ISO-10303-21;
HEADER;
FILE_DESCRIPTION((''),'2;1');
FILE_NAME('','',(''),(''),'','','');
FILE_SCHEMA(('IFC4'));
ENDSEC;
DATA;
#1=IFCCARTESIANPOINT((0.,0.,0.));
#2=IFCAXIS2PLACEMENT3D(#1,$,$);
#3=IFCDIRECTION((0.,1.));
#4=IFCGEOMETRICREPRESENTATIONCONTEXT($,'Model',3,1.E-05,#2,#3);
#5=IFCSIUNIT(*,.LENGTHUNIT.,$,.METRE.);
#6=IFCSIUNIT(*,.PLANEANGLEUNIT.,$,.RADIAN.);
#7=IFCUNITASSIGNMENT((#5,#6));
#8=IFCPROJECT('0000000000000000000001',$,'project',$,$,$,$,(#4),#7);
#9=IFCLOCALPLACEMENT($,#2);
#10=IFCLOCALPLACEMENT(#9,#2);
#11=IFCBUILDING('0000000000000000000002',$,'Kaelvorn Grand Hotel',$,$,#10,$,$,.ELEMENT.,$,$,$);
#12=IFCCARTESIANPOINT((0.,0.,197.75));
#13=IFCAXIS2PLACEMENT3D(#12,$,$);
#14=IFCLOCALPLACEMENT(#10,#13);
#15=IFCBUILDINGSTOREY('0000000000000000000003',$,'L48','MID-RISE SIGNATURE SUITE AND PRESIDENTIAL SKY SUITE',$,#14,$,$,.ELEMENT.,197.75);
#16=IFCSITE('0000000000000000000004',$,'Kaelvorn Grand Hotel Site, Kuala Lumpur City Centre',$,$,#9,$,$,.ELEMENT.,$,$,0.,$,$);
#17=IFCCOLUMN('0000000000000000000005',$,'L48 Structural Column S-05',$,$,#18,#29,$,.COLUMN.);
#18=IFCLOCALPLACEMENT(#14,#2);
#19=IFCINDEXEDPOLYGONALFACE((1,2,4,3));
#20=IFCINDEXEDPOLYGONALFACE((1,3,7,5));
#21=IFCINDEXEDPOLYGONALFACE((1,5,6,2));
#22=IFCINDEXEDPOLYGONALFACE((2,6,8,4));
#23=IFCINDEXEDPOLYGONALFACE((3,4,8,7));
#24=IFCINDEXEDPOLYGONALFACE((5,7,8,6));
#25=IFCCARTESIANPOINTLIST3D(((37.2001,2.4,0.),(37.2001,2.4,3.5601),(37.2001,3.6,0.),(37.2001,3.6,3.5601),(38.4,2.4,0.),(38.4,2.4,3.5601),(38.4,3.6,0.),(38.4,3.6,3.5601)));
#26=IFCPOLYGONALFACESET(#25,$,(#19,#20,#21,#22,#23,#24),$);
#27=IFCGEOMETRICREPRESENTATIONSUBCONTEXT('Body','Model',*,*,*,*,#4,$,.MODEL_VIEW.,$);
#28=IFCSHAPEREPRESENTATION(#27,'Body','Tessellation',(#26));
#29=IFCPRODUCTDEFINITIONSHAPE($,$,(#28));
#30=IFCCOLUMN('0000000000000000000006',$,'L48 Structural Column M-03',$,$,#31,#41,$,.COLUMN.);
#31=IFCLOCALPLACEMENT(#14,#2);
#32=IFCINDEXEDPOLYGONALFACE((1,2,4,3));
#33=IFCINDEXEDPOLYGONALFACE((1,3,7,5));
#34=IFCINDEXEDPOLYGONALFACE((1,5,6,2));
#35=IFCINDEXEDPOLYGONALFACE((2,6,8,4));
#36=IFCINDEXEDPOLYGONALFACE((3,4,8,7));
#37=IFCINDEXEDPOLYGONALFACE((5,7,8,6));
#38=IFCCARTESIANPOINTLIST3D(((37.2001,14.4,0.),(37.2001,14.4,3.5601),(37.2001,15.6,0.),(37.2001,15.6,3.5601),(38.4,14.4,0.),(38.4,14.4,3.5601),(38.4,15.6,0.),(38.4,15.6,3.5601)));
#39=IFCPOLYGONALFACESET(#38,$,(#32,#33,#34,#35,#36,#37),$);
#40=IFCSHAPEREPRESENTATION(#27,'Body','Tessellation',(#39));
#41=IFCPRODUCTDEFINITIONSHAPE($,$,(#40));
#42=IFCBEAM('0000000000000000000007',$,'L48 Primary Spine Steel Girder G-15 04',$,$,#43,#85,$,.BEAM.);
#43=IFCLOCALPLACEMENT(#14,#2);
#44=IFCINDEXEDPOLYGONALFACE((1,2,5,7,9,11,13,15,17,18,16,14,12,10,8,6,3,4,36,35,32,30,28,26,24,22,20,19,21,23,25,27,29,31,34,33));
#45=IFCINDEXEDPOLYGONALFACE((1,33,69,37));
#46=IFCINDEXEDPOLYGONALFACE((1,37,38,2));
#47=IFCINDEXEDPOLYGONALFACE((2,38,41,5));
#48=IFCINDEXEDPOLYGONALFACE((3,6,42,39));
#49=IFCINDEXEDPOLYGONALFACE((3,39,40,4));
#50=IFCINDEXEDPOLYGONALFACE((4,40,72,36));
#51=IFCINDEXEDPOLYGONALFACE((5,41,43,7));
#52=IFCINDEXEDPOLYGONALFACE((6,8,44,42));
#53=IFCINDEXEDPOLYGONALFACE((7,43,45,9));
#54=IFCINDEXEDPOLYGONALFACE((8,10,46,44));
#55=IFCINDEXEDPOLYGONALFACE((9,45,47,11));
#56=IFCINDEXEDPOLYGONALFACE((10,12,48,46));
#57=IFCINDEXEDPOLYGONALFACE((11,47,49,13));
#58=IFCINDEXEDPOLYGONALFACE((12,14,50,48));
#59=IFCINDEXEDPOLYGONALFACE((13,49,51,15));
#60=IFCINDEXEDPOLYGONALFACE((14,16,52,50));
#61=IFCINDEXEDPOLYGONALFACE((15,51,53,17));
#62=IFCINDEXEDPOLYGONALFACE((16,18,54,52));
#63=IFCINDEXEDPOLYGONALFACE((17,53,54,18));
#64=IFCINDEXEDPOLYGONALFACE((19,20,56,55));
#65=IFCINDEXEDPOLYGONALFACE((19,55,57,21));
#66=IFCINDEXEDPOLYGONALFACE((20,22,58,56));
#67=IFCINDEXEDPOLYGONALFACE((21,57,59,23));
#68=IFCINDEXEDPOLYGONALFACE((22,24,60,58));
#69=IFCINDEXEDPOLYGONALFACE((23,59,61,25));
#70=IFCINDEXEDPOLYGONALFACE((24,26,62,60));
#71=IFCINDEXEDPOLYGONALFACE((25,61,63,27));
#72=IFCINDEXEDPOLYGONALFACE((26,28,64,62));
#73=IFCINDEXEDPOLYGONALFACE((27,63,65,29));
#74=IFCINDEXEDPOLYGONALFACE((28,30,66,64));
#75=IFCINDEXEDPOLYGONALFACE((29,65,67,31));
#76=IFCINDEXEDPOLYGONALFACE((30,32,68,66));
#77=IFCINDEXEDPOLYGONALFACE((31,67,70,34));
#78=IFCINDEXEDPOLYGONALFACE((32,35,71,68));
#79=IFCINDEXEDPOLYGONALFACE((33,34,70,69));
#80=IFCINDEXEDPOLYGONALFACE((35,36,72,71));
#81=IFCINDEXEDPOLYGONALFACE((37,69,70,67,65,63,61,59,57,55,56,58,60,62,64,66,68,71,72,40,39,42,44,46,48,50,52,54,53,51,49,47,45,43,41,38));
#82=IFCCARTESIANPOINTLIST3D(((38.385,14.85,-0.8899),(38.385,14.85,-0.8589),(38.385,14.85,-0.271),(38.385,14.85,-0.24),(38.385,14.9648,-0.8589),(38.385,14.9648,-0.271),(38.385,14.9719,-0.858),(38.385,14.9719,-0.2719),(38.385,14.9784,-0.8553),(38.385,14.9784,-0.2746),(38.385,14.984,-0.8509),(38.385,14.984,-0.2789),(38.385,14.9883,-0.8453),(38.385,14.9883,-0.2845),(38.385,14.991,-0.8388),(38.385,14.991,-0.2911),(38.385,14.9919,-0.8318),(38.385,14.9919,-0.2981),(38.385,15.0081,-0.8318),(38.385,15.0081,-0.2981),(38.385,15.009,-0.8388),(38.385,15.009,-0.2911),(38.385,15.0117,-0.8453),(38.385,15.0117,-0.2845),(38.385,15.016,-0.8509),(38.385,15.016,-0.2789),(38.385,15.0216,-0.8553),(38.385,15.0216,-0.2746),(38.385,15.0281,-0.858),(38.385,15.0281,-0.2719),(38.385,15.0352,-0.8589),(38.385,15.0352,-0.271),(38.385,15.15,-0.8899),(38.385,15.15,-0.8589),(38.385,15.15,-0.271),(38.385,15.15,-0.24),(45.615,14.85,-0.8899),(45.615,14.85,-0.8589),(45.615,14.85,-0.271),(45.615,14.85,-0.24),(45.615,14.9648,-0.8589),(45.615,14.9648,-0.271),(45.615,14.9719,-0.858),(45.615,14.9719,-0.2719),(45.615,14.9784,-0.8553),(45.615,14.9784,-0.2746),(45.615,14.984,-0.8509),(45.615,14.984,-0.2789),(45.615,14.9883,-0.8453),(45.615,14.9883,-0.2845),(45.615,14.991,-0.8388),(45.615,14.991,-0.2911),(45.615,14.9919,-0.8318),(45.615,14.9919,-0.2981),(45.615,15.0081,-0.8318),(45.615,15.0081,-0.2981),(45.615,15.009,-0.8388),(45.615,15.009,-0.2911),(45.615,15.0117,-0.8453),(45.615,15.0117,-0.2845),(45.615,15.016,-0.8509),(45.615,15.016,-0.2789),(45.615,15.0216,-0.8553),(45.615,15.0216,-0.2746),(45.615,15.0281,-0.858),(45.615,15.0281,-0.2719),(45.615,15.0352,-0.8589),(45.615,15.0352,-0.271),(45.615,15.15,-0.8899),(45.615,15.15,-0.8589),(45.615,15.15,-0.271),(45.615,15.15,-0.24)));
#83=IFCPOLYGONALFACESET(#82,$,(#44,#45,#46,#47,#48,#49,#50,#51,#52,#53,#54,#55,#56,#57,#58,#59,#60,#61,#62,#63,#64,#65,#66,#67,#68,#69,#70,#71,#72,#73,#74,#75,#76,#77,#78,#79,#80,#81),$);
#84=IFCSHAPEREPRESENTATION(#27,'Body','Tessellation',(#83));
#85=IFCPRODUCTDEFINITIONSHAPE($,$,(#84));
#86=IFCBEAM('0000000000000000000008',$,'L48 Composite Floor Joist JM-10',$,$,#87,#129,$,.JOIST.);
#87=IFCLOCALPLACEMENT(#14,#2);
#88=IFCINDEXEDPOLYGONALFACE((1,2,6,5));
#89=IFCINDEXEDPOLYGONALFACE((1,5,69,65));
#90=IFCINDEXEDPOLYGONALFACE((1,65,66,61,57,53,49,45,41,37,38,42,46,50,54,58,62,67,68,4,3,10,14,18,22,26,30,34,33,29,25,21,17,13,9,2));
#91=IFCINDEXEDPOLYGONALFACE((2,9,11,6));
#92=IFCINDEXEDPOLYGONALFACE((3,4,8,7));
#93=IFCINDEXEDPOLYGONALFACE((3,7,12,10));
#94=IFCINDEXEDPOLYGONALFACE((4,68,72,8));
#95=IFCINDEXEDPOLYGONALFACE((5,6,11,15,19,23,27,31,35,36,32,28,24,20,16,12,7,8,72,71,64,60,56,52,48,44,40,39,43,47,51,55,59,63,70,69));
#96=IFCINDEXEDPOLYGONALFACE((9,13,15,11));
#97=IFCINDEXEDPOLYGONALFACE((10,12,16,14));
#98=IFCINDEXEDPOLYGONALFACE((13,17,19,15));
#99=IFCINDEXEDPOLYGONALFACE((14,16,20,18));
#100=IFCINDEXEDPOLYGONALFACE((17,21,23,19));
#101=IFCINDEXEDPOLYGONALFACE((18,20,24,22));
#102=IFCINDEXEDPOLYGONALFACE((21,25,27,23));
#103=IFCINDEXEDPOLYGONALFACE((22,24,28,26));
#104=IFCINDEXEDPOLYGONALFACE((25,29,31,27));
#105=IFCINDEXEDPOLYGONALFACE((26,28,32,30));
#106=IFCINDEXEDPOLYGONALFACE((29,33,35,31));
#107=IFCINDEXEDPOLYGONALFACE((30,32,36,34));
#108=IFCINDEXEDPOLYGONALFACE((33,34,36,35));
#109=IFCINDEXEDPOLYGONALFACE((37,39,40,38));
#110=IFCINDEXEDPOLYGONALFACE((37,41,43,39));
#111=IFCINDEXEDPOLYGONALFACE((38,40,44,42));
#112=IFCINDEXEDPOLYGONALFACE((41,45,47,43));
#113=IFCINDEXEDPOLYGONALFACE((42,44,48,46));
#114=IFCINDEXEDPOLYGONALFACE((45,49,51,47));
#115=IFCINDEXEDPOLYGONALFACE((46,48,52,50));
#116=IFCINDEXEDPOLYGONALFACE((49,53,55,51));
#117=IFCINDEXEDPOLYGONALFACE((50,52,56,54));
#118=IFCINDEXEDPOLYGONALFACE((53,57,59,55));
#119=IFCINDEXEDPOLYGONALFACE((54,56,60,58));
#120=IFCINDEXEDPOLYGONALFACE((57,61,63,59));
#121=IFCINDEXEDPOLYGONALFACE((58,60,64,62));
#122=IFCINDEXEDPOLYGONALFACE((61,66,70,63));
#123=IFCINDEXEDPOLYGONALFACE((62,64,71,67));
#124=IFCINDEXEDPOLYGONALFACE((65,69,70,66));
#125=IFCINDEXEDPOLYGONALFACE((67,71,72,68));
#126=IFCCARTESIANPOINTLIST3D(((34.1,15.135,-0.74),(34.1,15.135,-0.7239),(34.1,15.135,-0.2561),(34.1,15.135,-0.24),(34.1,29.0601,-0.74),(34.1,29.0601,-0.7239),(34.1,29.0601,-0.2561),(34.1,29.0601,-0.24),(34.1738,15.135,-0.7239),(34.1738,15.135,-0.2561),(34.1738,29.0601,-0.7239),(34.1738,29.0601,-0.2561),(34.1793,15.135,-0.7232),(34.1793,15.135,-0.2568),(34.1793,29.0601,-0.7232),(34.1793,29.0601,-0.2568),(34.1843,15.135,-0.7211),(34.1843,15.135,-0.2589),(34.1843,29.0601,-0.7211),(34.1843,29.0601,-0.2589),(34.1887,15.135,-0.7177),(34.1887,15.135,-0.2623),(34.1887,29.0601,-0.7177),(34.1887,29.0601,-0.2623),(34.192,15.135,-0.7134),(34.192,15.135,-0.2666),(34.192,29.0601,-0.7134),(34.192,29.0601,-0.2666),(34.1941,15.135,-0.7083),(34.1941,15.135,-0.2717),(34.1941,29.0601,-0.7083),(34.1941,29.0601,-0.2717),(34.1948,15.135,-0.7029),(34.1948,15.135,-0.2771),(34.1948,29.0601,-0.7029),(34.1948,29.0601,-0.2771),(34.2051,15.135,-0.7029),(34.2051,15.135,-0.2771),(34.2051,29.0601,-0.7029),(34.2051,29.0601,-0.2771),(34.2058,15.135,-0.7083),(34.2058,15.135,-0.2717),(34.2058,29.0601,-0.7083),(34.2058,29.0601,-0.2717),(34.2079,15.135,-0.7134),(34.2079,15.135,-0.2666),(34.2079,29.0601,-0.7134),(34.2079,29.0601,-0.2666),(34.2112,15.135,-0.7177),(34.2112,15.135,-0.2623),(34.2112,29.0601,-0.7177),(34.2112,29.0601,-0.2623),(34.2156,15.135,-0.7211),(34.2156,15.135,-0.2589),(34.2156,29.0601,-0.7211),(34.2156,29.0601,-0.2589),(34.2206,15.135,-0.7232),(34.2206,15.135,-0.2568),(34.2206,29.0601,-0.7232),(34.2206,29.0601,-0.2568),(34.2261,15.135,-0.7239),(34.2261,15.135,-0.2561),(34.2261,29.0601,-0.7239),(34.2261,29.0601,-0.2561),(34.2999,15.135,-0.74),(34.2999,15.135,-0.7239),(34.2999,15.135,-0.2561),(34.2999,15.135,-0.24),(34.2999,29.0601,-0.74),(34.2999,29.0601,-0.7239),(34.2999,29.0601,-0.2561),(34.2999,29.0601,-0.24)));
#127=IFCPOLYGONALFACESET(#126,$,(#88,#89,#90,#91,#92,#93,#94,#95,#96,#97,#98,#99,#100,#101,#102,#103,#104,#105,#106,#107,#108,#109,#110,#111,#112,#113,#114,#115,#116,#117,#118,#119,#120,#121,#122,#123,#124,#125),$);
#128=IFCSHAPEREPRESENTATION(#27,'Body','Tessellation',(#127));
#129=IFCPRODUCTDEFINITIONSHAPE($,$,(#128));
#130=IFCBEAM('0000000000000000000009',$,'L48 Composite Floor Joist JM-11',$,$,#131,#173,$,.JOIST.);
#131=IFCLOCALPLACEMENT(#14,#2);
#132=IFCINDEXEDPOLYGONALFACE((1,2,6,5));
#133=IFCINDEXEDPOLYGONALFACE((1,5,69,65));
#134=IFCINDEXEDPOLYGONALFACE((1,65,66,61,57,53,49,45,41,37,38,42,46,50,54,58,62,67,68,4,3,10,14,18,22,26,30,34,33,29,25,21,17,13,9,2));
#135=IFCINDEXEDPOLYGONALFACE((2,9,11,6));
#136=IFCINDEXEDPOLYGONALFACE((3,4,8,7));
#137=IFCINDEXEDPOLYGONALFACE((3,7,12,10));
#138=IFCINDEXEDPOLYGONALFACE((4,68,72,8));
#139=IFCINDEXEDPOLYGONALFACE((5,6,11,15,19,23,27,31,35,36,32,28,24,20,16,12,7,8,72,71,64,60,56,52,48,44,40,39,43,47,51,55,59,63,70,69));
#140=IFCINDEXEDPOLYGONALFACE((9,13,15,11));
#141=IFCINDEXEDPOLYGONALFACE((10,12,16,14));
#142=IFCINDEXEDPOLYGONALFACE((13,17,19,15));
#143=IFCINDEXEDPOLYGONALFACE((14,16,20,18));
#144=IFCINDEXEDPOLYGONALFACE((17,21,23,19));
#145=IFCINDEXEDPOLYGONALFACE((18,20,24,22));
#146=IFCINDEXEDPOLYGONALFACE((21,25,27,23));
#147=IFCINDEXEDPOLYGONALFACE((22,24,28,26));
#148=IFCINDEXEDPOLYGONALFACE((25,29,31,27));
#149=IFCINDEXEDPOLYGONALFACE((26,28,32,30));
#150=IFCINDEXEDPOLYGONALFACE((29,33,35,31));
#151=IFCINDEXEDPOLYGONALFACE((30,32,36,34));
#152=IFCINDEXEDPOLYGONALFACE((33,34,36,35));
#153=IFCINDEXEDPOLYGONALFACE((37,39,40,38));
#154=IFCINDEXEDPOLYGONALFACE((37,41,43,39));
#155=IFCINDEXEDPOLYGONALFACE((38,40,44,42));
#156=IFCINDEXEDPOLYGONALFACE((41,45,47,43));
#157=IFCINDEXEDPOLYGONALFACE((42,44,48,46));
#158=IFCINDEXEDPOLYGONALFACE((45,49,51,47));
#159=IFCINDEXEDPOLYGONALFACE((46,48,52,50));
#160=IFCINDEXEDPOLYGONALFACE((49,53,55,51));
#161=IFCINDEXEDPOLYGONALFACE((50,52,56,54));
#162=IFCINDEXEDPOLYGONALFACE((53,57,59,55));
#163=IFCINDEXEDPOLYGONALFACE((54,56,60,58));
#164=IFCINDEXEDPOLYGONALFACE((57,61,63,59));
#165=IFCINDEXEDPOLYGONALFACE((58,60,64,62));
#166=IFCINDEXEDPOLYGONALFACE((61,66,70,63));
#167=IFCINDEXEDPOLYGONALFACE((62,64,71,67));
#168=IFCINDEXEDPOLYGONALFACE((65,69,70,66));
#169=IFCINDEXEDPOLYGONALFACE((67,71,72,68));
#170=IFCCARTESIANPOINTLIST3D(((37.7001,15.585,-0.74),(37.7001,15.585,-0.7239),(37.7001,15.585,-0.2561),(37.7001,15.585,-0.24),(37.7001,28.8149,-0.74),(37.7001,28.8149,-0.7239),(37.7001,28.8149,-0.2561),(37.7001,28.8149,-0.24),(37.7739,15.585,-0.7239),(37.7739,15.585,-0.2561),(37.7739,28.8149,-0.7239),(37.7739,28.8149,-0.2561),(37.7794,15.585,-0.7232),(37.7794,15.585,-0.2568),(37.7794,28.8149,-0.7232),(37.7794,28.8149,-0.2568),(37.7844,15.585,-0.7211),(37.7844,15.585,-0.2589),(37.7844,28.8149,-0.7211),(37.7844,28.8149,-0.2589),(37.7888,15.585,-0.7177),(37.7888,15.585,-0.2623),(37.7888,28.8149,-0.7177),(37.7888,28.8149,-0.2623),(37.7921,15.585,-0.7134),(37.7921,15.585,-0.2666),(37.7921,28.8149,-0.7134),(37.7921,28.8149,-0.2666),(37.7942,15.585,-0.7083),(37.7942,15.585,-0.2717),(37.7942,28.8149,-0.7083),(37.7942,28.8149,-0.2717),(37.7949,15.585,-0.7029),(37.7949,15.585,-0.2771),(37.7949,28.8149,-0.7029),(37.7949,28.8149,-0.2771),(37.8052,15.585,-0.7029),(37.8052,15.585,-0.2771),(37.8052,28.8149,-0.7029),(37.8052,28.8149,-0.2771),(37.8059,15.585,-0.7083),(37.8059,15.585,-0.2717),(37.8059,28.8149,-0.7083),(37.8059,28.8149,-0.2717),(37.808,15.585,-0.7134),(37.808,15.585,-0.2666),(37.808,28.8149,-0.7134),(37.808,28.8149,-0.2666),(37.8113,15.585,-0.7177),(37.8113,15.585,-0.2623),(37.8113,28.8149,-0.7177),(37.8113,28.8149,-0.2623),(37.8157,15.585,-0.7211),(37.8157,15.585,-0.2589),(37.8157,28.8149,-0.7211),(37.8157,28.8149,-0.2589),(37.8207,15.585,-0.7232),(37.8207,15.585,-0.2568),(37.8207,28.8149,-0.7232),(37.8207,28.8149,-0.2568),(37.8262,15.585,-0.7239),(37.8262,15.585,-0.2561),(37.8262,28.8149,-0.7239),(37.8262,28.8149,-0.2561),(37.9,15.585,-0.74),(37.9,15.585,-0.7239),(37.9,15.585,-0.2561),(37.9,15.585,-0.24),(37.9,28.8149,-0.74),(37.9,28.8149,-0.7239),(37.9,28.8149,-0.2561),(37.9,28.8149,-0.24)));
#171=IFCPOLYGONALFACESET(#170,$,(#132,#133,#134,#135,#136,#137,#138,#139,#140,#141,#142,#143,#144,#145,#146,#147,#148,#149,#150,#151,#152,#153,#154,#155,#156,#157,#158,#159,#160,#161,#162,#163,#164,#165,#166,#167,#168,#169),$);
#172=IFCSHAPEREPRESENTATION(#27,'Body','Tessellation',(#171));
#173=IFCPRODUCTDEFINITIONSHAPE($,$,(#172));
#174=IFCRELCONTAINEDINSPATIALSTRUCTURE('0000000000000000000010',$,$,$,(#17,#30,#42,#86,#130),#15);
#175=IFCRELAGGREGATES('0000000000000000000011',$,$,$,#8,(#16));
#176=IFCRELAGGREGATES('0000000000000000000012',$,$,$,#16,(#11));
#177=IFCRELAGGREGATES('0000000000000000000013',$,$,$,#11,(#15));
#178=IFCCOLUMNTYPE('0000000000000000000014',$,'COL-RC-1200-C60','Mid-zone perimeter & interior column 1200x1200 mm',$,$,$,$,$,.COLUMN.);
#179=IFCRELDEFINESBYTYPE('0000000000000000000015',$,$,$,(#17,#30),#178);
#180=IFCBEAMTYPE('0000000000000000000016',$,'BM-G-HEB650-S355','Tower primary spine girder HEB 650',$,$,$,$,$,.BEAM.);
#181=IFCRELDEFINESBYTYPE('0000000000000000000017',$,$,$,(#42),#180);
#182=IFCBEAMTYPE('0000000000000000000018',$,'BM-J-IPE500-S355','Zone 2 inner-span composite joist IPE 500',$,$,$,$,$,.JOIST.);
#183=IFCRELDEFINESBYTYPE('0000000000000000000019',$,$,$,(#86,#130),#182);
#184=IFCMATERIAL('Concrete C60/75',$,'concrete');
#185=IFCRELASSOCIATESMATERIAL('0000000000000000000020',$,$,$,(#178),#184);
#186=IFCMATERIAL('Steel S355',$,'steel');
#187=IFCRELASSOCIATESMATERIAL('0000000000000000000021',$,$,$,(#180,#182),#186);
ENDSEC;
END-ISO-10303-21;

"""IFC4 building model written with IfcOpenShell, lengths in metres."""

from ifc_helpers import new_model, si_unit, direction, frame, origin, origin_2d, place, context, subcontext, project, spatial, rectangle, i_section, extrude, material, material_profile, profile_set, type_object, element, save


model = new_model("IFC4")

# Units and contexts
model_context = context("Model", 3, precision=1e-05, world=origin(), true_north=direction((0.0, 1.0)))
body_context = subcontext(model_context, "Body", "Model", "MODEL_VIEW")
ifc_project = project(units=[si_unit("LENGTHUNIT", "METRE"), si_unit("PLANEANGLEUNIT", "RADIAN")], contexts=[model_context])

# Site, building, storey
site_placement = place(None, origin())
site = spatial("IfcSite", under=ifc_project, at=site_placement, Name="Kaelvorn Grand Hotel Site, Kuala Lumpur City Centre", CompositionType="ELEMENT", RefElevation=0.0)
building_placement = place(site_placement, origin())
building = spatial("IfcBuilding", under=site, at=building_placement, Name="Kaelvorn Grand Hotel", CompositionType="ELEMENT")
storey_placement = place(building_placement, frame((0.0, 0.0, 197.75)))
storey = spatial("IfcBuildingStorey", under=building, at=storey_placement, Name="L48", Description="MID-RISE SIGNATURE SUITE AND PRESIDENTIAL SKY SUITE", CompositionType="ELEMENT", Elevation=197.75)

# Columns
ifc_material_1 = material(Name="Concrete C60/75", Category="concrete")
ifc_material_profile_1 = material_profile(ifc_material_1, rectangle(XDim=1.2, YDim=1.2, at=origin_2d()), Name="RC COL 1200x1200")
ifc_profile_set_1 = profile_set([ifc_material_profile_1], Name="Concrete C60/75")
column_type = type_object("IfcColumnType", Name="COL-RC-1200-C60", Description="Mid-zone perimeter & interior column 1200x1200 mm", PredefinedType="COLUMN", material=ifc_profile_set_1)
for number, where, z_axis, x_axis, name in (
    (1, (37.8, 3.0, 0.0), (0.0, 0.0, 1.0), (1.0, 0.0, 0.0), "L48 Structural Column S-05"),
    (2, (37.8, 15.0, 0.0), (0.0, 0.0, 1.0), (1.0, 0.0, 0.0), "L48 Structural Column M-03"),
):
    element("IfcColumn", number, at=place(storey_placement, frame(where, z_axis=z_axis, x_axis=x_axis)), inside=storey, type_object=column_type, Name=name, PredefinedType="COLUMN", context=body_context, shape_type="SweptSolid", body=[
        extrude(rectangle(XDim=1.2, YDim=1.2, at=origin_2d()), origin(), (0.0, 0.0, 1.0), 3.5601),
    ])

# Beams
ifc_material_2 = material(Name="Steel S355", Category="steel")
ifc_material_profile_2 = material_profile(ifc_material_2, i_section(OverallWidth=0.3, OverallDepth=0.6499, WebThickness=0.0161, FlangeThickness=0.031, FilletRadius=0.0271, at=origin_2d()), Name="HEB 650")
ifc_profile_set_2 = profile_set([ifc_material_profile_2], Name="Steel S355")
beam_type_1 = type_object("IfcBeamType", Name="BM-G-HEB650-S355", Description="Tower primary spine girder HEB 650", PredefinedType="BEAM", material=ifc_profile_set_2)
beam_1_placement = place(storey_placement, frame((38.385, 15.0, -0.5649), z_axis=(1.0, 0.0, 0.0), x_axis=(0.0, 1.0, 0.0)))
element("IfcBeam", 3, at=beam_1_placement, inside=storey, type_object=beam_type_1, Name="L48 Primary Spine Steel Girder G-15 04", PredefinedType="BEAM", context=body_context, shape_type="SweptSolid", body=[
    extrude(i_section(OverallWidth=0.3, OverallDepth=0.6499, WebThickness=0.0161, FlangeThickness=0.031, FilletRadius=0.0271, at=origin_2d()), origin(), (0.0, 0.0, 1.0), 7.23),
])
ifc_material_profile_3 = material_profile(ifc_material_2, i_section(OverallWidth=0.2, OverallDepth=0.5, WebThickness=0.0103, FlangeThickness=0.0161, FilletRadius=0.021, at=origin_2d()), Name="IPE 500")
ifc_profile_set_3 = profile_set([ifc_material_profile_3], Name="Steel S355")
beam_type_2 = type_object("IfcBeamType", Name="BM-J-IPE500-S355", Description="Zone 2 inner-span composite joist IPE 500", PredefinedType="JOIST", material=ifc_profile_set_3)
beam_2_placement = place(storey_placement, frame((34.2, 15.135, -0.49), z_axis=(0.0, 1.0, 0.0), x_axis=(-1.0, 0.0, 0.0)))
element("IfcBeam", 4, at=beam_2_placement, inside=storey, type_object=beam_type_2, Name="L48 Composite Floor Joist JM-10", PredefinedType="JOIST", context=body_context, shape_type="SweptSolid", body=[
    extrude(i_section(OverallWidth=0.2, OverallDepth=0.5, WebThickness=0.0103, FlangeThickness=0.0161, FilletRadius=0.021, at=origin_2d()), origin(), (0.0, 0.0, 1.0), 13.925),
])
beam_3_placement = place(storey_placement, frame((37.8, 15.585, -0.49), z_axis=(0.0, 1.0, 0.0), x_axis=(-1.0, 0.0, 0.0)))
element("IfcBeam", 5, at=beam_3_placement, inside=storey, type_object=beam_type_2, Name="L48 Composite Floor Joist JM-11", PredefinedType="JOIST", context=body_context, shape_type="SweptSolid", body=[
    extrude(i_section(OverallWidth=0.2, OverallDepth=0.5, WebThickness=0.0103, FlangeThickness=0.0161, FilletRadius=0.021, at=origin_2d()), origin(), (0.0, 0.0, 1.0), 13.23),
])

save(model, "model.ifc")
